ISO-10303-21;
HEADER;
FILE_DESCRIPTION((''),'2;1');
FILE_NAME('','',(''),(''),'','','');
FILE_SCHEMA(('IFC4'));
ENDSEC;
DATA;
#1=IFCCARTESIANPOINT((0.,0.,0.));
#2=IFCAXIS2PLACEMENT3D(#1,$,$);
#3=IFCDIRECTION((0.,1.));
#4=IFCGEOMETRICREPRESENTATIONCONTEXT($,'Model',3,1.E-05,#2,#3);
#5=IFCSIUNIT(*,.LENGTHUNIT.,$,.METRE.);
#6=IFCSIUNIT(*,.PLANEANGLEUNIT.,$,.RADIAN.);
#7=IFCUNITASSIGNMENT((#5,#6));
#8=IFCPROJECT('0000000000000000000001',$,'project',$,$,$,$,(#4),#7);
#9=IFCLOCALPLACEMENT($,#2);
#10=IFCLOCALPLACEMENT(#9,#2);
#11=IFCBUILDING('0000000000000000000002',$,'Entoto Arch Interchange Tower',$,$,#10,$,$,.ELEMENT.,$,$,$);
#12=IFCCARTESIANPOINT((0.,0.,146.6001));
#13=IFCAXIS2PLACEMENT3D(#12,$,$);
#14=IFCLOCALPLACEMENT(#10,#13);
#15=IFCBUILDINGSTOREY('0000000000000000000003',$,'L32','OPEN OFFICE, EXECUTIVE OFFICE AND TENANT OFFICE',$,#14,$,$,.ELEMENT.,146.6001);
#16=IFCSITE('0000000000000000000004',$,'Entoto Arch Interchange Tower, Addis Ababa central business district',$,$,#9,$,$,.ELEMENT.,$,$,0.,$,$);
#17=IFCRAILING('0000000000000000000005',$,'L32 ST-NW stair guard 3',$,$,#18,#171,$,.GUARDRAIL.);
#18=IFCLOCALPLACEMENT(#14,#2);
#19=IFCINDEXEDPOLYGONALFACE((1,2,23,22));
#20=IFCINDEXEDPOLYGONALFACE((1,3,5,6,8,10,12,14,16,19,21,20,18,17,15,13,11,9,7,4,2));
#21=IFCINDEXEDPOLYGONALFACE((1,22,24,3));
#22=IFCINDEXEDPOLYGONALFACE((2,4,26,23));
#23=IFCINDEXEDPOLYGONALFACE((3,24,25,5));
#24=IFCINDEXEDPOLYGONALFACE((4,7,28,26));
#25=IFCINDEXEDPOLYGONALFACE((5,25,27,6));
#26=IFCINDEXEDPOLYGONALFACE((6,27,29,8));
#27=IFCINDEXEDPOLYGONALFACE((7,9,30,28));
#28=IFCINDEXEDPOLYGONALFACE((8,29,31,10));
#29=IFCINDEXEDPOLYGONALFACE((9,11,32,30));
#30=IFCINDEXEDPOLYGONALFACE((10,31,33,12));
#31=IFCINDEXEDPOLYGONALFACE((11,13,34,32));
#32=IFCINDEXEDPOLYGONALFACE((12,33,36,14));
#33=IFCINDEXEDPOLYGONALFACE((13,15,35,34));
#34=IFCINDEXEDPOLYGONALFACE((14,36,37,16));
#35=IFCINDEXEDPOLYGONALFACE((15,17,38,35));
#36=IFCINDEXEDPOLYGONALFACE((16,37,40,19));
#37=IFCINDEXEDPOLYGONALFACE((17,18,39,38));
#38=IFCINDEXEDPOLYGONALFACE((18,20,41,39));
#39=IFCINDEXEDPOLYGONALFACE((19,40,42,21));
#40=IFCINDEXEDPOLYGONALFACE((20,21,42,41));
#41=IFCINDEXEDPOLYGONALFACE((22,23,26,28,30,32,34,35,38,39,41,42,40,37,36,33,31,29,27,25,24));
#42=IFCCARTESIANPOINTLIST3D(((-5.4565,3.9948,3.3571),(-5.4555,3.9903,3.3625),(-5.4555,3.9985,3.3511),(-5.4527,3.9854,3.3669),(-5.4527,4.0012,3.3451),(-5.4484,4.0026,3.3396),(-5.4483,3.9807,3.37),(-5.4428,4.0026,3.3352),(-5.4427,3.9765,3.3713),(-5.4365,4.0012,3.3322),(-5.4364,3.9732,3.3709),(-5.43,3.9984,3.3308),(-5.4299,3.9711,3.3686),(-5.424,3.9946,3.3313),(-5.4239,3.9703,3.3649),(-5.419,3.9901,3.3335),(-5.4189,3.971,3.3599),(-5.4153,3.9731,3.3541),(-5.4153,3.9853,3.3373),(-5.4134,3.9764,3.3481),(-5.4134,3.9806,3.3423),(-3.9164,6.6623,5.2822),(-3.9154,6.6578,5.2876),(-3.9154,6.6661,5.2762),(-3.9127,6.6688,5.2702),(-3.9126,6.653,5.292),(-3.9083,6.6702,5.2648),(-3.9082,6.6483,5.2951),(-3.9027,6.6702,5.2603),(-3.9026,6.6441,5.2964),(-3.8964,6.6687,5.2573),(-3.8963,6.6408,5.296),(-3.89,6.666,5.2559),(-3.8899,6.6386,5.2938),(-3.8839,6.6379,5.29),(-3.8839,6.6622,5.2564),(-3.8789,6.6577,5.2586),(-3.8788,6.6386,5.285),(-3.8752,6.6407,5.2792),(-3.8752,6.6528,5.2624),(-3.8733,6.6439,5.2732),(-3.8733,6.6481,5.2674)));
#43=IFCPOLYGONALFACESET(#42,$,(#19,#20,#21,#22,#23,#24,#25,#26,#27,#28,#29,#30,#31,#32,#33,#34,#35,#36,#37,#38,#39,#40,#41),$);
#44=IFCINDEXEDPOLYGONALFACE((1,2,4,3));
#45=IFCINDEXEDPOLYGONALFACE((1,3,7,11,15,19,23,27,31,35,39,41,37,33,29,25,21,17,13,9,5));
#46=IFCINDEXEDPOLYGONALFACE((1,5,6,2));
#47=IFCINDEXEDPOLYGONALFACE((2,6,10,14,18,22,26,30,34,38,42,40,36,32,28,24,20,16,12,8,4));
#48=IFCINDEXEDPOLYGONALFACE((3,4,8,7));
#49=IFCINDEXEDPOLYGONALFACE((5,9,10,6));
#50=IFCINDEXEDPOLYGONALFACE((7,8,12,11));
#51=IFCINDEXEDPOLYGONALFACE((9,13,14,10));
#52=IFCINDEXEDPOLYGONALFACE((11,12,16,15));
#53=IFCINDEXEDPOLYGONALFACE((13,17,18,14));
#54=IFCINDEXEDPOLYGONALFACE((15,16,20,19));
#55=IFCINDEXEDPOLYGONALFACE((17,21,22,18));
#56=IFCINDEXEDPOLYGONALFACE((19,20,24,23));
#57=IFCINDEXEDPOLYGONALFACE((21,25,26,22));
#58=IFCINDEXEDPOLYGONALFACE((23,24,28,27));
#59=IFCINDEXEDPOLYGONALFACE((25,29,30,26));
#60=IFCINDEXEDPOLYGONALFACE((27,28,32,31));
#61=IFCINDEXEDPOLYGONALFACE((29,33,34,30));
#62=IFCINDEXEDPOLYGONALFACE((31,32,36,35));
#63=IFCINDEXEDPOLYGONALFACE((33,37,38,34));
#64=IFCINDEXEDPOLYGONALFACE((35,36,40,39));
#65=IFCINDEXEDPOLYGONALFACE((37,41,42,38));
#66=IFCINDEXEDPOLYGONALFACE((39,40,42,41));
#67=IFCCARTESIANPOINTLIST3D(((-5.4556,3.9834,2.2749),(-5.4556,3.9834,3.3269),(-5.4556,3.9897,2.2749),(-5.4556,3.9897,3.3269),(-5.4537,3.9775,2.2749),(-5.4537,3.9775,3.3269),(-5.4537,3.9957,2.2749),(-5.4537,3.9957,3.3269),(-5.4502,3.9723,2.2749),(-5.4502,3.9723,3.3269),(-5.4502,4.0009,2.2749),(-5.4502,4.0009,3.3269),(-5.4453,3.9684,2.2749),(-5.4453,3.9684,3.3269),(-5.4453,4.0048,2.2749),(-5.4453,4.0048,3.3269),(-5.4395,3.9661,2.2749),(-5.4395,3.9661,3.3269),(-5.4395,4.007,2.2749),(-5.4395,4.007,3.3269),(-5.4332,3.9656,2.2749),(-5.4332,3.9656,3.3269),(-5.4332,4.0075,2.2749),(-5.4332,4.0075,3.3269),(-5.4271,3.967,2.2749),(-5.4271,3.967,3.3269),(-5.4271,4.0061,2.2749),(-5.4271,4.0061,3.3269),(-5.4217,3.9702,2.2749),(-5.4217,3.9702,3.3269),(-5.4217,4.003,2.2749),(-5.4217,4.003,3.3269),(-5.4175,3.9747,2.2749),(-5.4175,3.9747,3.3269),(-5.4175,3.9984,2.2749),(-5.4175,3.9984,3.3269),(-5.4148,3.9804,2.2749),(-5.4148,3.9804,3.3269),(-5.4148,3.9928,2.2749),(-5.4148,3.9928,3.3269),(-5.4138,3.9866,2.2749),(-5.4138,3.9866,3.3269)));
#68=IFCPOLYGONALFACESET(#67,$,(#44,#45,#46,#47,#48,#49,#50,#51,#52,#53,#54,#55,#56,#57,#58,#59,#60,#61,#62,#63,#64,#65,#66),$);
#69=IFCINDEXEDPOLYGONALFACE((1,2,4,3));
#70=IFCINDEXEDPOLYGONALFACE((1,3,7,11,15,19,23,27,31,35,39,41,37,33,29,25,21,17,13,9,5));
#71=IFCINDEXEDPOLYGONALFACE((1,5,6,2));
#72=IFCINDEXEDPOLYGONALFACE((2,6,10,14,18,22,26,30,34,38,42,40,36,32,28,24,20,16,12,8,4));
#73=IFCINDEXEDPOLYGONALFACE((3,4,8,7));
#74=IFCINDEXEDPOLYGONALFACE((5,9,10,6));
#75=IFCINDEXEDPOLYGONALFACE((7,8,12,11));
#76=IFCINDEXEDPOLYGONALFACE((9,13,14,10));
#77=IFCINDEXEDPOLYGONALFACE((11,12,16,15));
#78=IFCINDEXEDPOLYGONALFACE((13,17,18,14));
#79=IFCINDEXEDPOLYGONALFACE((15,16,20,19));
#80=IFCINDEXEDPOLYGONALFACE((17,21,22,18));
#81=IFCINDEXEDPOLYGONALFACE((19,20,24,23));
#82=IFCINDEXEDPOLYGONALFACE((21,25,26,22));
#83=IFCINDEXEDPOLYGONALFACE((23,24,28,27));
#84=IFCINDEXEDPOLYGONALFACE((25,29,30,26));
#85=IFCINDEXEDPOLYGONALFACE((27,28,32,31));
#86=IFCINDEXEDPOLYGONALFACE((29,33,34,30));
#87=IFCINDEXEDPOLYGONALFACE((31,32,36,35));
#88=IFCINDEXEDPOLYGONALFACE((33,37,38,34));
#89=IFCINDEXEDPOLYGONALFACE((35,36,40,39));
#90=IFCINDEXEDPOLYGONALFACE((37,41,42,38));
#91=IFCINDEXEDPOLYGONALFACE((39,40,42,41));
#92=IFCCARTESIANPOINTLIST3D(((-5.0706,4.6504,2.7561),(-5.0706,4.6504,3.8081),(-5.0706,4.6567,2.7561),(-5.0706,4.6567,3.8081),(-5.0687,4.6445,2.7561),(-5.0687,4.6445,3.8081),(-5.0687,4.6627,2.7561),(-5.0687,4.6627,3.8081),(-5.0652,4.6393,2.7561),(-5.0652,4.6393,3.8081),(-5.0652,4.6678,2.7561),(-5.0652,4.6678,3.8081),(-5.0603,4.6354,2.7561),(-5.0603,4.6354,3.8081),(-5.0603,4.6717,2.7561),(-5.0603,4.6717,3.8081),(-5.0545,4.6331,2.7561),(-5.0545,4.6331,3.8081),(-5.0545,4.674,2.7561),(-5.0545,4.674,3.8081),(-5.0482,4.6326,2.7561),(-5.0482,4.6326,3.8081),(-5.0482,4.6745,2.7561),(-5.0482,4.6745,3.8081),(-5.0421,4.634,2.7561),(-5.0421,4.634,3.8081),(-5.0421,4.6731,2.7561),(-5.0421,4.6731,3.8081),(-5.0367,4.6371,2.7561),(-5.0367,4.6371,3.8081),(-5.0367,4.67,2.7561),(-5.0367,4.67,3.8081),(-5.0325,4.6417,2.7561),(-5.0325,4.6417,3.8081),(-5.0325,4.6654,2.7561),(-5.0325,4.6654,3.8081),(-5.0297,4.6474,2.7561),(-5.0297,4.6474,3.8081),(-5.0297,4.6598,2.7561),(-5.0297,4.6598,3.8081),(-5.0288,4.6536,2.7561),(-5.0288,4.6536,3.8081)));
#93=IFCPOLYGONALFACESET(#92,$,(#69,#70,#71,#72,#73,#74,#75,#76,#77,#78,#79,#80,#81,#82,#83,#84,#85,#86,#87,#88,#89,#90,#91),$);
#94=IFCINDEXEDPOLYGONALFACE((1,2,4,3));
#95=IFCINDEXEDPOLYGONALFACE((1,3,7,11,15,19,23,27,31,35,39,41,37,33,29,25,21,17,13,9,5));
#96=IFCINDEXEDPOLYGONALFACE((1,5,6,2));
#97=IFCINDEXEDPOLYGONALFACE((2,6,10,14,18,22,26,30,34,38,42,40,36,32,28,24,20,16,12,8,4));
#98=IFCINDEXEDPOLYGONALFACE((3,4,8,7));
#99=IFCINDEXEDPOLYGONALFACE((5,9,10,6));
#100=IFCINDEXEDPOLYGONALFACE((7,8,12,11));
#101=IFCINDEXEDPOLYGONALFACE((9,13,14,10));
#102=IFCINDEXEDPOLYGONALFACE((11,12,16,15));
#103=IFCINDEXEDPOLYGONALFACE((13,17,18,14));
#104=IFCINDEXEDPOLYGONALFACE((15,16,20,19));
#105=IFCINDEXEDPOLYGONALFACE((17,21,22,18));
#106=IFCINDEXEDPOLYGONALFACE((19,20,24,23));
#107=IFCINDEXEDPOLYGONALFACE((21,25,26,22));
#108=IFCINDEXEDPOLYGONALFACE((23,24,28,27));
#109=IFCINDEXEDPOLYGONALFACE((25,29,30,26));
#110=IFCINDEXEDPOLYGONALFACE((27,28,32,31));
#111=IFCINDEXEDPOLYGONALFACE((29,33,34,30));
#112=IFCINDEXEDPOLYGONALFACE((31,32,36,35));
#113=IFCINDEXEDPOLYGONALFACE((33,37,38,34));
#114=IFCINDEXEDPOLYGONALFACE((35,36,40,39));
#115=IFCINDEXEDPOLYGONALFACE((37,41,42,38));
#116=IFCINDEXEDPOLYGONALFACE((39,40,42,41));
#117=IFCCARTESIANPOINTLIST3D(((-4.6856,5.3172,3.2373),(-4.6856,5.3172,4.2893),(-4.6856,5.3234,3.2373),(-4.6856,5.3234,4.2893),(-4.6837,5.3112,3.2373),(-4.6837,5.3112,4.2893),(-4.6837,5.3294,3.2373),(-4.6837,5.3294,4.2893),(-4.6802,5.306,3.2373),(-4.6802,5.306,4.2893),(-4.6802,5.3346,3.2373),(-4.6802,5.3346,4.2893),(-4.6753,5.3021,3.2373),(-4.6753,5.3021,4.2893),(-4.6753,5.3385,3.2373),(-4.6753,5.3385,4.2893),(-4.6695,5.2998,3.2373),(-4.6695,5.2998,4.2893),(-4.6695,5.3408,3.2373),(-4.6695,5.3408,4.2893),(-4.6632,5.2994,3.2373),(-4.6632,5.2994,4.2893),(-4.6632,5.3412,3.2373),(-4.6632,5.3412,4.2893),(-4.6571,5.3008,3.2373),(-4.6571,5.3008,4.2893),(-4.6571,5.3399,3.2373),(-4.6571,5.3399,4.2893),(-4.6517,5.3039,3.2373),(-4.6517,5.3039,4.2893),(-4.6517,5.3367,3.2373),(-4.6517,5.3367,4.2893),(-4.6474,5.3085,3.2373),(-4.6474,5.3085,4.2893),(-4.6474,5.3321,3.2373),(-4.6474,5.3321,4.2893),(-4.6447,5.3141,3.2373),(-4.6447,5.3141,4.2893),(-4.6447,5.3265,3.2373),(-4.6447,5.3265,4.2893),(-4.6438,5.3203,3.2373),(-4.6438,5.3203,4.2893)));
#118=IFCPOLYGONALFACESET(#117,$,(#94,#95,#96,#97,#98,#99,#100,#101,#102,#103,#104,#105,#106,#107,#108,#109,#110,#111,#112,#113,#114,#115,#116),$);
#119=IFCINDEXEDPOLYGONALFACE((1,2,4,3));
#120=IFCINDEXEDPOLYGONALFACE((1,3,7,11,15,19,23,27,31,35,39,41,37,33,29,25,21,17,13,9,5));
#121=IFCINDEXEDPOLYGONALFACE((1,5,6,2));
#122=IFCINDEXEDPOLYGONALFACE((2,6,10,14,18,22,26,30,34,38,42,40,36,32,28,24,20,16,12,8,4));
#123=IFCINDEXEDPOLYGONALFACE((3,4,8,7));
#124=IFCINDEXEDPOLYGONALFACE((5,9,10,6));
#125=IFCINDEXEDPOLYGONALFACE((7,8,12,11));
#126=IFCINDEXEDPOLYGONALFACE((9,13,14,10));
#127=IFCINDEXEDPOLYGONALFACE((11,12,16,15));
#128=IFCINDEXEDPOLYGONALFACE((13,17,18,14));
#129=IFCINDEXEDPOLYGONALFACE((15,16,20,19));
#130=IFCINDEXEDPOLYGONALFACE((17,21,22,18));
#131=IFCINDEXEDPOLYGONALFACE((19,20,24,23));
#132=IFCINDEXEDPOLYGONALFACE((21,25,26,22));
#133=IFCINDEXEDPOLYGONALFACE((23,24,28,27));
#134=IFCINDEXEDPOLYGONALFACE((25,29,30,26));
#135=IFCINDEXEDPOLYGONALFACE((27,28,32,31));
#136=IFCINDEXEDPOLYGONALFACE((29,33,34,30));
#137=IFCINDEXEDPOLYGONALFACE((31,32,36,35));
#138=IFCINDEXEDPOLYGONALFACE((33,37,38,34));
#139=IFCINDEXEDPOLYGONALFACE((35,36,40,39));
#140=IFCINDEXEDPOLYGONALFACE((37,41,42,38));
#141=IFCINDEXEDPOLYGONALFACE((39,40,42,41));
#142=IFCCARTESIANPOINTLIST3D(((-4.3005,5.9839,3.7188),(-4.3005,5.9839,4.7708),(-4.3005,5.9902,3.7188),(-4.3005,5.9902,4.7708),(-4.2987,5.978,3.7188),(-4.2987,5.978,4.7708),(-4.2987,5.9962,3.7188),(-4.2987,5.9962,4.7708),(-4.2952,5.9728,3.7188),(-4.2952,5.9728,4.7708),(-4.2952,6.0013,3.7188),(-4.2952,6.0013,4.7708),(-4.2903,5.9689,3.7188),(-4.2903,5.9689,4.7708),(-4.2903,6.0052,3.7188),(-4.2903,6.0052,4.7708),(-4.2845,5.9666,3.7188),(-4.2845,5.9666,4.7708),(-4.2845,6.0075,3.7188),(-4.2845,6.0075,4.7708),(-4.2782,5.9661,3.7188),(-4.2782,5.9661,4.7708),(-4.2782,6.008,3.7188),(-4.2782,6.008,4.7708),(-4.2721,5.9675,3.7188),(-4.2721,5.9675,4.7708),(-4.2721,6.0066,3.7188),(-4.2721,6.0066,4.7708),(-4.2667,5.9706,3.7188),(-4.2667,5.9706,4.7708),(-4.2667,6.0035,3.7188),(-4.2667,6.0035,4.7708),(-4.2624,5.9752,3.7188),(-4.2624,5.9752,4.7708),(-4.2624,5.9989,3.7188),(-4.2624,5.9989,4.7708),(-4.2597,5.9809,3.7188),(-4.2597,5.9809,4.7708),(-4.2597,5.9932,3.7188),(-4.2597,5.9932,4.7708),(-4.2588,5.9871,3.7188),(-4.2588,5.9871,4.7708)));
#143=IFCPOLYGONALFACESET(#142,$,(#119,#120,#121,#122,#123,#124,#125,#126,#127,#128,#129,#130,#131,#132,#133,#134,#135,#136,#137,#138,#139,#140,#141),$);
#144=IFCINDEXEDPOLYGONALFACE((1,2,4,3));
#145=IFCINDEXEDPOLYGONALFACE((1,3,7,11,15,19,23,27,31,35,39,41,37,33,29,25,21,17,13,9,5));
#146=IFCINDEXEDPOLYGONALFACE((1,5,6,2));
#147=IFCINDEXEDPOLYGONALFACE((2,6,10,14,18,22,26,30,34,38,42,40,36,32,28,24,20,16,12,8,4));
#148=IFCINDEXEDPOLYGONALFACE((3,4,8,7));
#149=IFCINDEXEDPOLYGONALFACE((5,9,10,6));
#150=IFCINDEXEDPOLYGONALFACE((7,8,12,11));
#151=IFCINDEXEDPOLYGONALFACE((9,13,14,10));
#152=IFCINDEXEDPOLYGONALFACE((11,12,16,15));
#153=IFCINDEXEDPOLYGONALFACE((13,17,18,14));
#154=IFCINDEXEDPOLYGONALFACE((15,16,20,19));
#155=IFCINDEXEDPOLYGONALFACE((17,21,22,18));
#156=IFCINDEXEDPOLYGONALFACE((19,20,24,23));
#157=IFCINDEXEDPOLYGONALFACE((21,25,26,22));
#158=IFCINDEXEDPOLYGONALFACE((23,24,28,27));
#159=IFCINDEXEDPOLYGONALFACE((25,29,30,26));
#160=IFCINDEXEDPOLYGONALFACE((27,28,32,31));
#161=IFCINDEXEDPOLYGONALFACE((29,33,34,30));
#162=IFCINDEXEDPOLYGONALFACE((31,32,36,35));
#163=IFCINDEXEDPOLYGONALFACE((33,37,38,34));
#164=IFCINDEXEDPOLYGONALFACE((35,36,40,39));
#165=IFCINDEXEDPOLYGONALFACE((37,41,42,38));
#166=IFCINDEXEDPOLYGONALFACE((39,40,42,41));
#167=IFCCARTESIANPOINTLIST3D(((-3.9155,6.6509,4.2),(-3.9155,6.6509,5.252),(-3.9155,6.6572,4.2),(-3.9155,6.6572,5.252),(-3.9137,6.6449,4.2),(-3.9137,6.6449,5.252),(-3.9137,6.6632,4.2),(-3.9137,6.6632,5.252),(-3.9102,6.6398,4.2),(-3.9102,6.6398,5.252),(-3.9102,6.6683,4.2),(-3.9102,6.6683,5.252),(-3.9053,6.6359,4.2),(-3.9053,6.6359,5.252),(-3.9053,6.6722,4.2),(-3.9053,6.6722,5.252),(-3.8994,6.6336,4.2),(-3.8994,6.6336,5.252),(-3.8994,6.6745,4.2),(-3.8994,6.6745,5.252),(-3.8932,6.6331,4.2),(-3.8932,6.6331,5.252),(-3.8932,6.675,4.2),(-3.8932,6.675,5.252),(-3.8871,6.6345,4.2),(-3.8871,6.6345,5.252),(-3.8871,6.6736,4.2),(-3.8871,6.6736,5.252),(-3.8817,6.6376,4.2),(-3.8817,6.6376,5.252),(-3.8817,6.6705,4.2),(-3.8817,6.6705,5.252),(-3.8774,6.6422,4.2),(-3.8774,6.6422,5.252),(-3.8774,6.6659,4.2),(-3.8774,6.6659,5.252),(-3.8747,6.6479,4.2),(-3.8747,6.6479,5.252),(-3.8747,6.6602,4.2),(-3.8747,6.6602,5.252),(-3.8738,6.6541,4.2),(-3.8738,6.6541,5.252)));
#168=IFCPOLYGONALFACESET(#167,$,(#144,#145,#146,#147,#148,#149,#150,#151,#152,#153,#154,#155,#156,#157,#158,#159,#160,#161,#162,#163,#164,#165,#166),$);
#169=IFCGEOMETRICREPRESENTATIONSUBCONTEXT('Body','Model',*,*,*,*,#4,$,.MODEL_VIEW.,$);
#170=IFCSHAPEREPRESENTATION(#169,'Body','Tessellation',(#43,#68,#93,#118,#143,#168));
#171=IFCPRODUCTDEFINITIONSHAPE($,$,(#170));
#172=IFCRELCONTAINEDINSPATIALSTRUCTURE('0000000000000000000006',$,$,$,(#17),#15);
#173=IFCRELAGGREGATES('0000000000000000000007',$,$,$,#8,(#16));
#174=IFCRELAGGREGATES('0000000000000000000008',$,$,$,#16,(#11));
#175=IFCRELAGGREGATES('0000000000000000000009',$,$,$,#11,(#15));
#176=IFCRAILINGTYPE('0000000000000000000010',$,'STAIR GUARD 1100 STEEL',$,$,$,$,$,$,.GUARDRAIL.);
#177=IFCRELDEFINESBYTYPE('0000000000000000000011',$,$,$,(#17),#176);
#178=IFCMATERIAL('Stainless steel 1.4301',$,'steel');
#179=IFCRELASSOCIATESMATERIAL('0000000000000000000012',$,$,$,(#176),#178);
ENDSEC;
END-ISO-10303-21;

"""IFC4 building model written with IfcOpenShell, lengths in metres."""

from ifc_helpers import new_model, si_unit, direction, frame, origin, origin_2d, place, context, subcontext, project, spatial, circle, extrude, material, type_object, element, save


model = new_model("IFC4")

# Units and contexts
model_context = context("Model", 3, precision=1e-05, world=origin(), true_north=direction((0.0, 1.0)))
body_context = subcontext(model_context, "Body", "Model", "MODEL_VIEW")
ifc_project = project(units=[si_unit("LENGTHUNIT", "METRE"), si_unit("PLANEANGLEUNIT", "RADIAN")], contexts=[model_context])

# Site, building, storey
site_placement = place(None, origin())
site = spatial("IfcSite", under=ifc_project, at=site_placement, Name="Entoto Arch Interchange Tower, Addis Ababa central business district", CompositionType="ELEMENT", RefElevation=0.0)
building_placement = place(site_placement, origin())
building = spatial("IfcBuilding", under=site, at=building_placement, Name="Entoto Arch Interchange Tower", CompositionType="ELEMENT")
storey_placement = place(building_placement, frame((0.0, 0.0, 146.6001)))
storey = spatial("IfcBuildingStorey", under=building, at=storey_placement, Name="L32", Description="OPEN OFFICE, EXECUTIVE OFFICE AND TENANT OFFICE", CompositionType="ELEMENT", Elevation=146.6001)

# Railing
ifc_material_1 = material(Name="Stainless steel 1.4301", Category="steel")
railing_type_1 = type_object("IfcRailingType", Name="STAIR GUARD 1100 STEEL", PredefinedType="GUARDRAIL", material=ifc_material_1)
railing_1_placement = place(storey_placement, frame((-5.4348, 3.9866, 2.2749)))
element("IfcRailing", 1, at=railing_1_placement, inside=storey, type_object=railing_type_1, Name="L32 ST-NW stair guard 3", PredefinedType="GUARDRAIL", context=body_context, shape_type="SweptSolid", body=[
    extrude(circle(Radius=0.0239, at=origin_2d()), frame((0.0, 0.0, 1.0762), z_axis=(0.423994, 0.734395, 0.529993), x_axis=(-0.86603, 0.499992, 0.0)), (0.0, 0.0, 1.0), 3.6323),
    extrude(circle(Radius=0.021, at=origin_2d()), origin(), (0.0, 0.0, 1.0), 1.052),
    extrude(circle(Radius=0.021, at=origin_2d()), frame((0.385, 0.667, 0.4812)), (0.0, 0.0, 1.0), 1.052),
    extrude(circle(Radius=0.021, at=origin_2d()), frame((0.77, 1.3337, 0.9624)), (0.0, 0.0, 1.0), 1.052),
    extrude(circle(Radius=0.021, at=origin_2d()), frame((1.155, 2.0005, 1.4438)), (0.0, 0.0, 1.0), 1.052),
    extrude(circle(Radius=0.021, at=origin_2d()), frame((1.54, 2.6675, 1.925)), (0.0, 0.0, 1.0), 1.052),
])

save(model, "model.ifc")
